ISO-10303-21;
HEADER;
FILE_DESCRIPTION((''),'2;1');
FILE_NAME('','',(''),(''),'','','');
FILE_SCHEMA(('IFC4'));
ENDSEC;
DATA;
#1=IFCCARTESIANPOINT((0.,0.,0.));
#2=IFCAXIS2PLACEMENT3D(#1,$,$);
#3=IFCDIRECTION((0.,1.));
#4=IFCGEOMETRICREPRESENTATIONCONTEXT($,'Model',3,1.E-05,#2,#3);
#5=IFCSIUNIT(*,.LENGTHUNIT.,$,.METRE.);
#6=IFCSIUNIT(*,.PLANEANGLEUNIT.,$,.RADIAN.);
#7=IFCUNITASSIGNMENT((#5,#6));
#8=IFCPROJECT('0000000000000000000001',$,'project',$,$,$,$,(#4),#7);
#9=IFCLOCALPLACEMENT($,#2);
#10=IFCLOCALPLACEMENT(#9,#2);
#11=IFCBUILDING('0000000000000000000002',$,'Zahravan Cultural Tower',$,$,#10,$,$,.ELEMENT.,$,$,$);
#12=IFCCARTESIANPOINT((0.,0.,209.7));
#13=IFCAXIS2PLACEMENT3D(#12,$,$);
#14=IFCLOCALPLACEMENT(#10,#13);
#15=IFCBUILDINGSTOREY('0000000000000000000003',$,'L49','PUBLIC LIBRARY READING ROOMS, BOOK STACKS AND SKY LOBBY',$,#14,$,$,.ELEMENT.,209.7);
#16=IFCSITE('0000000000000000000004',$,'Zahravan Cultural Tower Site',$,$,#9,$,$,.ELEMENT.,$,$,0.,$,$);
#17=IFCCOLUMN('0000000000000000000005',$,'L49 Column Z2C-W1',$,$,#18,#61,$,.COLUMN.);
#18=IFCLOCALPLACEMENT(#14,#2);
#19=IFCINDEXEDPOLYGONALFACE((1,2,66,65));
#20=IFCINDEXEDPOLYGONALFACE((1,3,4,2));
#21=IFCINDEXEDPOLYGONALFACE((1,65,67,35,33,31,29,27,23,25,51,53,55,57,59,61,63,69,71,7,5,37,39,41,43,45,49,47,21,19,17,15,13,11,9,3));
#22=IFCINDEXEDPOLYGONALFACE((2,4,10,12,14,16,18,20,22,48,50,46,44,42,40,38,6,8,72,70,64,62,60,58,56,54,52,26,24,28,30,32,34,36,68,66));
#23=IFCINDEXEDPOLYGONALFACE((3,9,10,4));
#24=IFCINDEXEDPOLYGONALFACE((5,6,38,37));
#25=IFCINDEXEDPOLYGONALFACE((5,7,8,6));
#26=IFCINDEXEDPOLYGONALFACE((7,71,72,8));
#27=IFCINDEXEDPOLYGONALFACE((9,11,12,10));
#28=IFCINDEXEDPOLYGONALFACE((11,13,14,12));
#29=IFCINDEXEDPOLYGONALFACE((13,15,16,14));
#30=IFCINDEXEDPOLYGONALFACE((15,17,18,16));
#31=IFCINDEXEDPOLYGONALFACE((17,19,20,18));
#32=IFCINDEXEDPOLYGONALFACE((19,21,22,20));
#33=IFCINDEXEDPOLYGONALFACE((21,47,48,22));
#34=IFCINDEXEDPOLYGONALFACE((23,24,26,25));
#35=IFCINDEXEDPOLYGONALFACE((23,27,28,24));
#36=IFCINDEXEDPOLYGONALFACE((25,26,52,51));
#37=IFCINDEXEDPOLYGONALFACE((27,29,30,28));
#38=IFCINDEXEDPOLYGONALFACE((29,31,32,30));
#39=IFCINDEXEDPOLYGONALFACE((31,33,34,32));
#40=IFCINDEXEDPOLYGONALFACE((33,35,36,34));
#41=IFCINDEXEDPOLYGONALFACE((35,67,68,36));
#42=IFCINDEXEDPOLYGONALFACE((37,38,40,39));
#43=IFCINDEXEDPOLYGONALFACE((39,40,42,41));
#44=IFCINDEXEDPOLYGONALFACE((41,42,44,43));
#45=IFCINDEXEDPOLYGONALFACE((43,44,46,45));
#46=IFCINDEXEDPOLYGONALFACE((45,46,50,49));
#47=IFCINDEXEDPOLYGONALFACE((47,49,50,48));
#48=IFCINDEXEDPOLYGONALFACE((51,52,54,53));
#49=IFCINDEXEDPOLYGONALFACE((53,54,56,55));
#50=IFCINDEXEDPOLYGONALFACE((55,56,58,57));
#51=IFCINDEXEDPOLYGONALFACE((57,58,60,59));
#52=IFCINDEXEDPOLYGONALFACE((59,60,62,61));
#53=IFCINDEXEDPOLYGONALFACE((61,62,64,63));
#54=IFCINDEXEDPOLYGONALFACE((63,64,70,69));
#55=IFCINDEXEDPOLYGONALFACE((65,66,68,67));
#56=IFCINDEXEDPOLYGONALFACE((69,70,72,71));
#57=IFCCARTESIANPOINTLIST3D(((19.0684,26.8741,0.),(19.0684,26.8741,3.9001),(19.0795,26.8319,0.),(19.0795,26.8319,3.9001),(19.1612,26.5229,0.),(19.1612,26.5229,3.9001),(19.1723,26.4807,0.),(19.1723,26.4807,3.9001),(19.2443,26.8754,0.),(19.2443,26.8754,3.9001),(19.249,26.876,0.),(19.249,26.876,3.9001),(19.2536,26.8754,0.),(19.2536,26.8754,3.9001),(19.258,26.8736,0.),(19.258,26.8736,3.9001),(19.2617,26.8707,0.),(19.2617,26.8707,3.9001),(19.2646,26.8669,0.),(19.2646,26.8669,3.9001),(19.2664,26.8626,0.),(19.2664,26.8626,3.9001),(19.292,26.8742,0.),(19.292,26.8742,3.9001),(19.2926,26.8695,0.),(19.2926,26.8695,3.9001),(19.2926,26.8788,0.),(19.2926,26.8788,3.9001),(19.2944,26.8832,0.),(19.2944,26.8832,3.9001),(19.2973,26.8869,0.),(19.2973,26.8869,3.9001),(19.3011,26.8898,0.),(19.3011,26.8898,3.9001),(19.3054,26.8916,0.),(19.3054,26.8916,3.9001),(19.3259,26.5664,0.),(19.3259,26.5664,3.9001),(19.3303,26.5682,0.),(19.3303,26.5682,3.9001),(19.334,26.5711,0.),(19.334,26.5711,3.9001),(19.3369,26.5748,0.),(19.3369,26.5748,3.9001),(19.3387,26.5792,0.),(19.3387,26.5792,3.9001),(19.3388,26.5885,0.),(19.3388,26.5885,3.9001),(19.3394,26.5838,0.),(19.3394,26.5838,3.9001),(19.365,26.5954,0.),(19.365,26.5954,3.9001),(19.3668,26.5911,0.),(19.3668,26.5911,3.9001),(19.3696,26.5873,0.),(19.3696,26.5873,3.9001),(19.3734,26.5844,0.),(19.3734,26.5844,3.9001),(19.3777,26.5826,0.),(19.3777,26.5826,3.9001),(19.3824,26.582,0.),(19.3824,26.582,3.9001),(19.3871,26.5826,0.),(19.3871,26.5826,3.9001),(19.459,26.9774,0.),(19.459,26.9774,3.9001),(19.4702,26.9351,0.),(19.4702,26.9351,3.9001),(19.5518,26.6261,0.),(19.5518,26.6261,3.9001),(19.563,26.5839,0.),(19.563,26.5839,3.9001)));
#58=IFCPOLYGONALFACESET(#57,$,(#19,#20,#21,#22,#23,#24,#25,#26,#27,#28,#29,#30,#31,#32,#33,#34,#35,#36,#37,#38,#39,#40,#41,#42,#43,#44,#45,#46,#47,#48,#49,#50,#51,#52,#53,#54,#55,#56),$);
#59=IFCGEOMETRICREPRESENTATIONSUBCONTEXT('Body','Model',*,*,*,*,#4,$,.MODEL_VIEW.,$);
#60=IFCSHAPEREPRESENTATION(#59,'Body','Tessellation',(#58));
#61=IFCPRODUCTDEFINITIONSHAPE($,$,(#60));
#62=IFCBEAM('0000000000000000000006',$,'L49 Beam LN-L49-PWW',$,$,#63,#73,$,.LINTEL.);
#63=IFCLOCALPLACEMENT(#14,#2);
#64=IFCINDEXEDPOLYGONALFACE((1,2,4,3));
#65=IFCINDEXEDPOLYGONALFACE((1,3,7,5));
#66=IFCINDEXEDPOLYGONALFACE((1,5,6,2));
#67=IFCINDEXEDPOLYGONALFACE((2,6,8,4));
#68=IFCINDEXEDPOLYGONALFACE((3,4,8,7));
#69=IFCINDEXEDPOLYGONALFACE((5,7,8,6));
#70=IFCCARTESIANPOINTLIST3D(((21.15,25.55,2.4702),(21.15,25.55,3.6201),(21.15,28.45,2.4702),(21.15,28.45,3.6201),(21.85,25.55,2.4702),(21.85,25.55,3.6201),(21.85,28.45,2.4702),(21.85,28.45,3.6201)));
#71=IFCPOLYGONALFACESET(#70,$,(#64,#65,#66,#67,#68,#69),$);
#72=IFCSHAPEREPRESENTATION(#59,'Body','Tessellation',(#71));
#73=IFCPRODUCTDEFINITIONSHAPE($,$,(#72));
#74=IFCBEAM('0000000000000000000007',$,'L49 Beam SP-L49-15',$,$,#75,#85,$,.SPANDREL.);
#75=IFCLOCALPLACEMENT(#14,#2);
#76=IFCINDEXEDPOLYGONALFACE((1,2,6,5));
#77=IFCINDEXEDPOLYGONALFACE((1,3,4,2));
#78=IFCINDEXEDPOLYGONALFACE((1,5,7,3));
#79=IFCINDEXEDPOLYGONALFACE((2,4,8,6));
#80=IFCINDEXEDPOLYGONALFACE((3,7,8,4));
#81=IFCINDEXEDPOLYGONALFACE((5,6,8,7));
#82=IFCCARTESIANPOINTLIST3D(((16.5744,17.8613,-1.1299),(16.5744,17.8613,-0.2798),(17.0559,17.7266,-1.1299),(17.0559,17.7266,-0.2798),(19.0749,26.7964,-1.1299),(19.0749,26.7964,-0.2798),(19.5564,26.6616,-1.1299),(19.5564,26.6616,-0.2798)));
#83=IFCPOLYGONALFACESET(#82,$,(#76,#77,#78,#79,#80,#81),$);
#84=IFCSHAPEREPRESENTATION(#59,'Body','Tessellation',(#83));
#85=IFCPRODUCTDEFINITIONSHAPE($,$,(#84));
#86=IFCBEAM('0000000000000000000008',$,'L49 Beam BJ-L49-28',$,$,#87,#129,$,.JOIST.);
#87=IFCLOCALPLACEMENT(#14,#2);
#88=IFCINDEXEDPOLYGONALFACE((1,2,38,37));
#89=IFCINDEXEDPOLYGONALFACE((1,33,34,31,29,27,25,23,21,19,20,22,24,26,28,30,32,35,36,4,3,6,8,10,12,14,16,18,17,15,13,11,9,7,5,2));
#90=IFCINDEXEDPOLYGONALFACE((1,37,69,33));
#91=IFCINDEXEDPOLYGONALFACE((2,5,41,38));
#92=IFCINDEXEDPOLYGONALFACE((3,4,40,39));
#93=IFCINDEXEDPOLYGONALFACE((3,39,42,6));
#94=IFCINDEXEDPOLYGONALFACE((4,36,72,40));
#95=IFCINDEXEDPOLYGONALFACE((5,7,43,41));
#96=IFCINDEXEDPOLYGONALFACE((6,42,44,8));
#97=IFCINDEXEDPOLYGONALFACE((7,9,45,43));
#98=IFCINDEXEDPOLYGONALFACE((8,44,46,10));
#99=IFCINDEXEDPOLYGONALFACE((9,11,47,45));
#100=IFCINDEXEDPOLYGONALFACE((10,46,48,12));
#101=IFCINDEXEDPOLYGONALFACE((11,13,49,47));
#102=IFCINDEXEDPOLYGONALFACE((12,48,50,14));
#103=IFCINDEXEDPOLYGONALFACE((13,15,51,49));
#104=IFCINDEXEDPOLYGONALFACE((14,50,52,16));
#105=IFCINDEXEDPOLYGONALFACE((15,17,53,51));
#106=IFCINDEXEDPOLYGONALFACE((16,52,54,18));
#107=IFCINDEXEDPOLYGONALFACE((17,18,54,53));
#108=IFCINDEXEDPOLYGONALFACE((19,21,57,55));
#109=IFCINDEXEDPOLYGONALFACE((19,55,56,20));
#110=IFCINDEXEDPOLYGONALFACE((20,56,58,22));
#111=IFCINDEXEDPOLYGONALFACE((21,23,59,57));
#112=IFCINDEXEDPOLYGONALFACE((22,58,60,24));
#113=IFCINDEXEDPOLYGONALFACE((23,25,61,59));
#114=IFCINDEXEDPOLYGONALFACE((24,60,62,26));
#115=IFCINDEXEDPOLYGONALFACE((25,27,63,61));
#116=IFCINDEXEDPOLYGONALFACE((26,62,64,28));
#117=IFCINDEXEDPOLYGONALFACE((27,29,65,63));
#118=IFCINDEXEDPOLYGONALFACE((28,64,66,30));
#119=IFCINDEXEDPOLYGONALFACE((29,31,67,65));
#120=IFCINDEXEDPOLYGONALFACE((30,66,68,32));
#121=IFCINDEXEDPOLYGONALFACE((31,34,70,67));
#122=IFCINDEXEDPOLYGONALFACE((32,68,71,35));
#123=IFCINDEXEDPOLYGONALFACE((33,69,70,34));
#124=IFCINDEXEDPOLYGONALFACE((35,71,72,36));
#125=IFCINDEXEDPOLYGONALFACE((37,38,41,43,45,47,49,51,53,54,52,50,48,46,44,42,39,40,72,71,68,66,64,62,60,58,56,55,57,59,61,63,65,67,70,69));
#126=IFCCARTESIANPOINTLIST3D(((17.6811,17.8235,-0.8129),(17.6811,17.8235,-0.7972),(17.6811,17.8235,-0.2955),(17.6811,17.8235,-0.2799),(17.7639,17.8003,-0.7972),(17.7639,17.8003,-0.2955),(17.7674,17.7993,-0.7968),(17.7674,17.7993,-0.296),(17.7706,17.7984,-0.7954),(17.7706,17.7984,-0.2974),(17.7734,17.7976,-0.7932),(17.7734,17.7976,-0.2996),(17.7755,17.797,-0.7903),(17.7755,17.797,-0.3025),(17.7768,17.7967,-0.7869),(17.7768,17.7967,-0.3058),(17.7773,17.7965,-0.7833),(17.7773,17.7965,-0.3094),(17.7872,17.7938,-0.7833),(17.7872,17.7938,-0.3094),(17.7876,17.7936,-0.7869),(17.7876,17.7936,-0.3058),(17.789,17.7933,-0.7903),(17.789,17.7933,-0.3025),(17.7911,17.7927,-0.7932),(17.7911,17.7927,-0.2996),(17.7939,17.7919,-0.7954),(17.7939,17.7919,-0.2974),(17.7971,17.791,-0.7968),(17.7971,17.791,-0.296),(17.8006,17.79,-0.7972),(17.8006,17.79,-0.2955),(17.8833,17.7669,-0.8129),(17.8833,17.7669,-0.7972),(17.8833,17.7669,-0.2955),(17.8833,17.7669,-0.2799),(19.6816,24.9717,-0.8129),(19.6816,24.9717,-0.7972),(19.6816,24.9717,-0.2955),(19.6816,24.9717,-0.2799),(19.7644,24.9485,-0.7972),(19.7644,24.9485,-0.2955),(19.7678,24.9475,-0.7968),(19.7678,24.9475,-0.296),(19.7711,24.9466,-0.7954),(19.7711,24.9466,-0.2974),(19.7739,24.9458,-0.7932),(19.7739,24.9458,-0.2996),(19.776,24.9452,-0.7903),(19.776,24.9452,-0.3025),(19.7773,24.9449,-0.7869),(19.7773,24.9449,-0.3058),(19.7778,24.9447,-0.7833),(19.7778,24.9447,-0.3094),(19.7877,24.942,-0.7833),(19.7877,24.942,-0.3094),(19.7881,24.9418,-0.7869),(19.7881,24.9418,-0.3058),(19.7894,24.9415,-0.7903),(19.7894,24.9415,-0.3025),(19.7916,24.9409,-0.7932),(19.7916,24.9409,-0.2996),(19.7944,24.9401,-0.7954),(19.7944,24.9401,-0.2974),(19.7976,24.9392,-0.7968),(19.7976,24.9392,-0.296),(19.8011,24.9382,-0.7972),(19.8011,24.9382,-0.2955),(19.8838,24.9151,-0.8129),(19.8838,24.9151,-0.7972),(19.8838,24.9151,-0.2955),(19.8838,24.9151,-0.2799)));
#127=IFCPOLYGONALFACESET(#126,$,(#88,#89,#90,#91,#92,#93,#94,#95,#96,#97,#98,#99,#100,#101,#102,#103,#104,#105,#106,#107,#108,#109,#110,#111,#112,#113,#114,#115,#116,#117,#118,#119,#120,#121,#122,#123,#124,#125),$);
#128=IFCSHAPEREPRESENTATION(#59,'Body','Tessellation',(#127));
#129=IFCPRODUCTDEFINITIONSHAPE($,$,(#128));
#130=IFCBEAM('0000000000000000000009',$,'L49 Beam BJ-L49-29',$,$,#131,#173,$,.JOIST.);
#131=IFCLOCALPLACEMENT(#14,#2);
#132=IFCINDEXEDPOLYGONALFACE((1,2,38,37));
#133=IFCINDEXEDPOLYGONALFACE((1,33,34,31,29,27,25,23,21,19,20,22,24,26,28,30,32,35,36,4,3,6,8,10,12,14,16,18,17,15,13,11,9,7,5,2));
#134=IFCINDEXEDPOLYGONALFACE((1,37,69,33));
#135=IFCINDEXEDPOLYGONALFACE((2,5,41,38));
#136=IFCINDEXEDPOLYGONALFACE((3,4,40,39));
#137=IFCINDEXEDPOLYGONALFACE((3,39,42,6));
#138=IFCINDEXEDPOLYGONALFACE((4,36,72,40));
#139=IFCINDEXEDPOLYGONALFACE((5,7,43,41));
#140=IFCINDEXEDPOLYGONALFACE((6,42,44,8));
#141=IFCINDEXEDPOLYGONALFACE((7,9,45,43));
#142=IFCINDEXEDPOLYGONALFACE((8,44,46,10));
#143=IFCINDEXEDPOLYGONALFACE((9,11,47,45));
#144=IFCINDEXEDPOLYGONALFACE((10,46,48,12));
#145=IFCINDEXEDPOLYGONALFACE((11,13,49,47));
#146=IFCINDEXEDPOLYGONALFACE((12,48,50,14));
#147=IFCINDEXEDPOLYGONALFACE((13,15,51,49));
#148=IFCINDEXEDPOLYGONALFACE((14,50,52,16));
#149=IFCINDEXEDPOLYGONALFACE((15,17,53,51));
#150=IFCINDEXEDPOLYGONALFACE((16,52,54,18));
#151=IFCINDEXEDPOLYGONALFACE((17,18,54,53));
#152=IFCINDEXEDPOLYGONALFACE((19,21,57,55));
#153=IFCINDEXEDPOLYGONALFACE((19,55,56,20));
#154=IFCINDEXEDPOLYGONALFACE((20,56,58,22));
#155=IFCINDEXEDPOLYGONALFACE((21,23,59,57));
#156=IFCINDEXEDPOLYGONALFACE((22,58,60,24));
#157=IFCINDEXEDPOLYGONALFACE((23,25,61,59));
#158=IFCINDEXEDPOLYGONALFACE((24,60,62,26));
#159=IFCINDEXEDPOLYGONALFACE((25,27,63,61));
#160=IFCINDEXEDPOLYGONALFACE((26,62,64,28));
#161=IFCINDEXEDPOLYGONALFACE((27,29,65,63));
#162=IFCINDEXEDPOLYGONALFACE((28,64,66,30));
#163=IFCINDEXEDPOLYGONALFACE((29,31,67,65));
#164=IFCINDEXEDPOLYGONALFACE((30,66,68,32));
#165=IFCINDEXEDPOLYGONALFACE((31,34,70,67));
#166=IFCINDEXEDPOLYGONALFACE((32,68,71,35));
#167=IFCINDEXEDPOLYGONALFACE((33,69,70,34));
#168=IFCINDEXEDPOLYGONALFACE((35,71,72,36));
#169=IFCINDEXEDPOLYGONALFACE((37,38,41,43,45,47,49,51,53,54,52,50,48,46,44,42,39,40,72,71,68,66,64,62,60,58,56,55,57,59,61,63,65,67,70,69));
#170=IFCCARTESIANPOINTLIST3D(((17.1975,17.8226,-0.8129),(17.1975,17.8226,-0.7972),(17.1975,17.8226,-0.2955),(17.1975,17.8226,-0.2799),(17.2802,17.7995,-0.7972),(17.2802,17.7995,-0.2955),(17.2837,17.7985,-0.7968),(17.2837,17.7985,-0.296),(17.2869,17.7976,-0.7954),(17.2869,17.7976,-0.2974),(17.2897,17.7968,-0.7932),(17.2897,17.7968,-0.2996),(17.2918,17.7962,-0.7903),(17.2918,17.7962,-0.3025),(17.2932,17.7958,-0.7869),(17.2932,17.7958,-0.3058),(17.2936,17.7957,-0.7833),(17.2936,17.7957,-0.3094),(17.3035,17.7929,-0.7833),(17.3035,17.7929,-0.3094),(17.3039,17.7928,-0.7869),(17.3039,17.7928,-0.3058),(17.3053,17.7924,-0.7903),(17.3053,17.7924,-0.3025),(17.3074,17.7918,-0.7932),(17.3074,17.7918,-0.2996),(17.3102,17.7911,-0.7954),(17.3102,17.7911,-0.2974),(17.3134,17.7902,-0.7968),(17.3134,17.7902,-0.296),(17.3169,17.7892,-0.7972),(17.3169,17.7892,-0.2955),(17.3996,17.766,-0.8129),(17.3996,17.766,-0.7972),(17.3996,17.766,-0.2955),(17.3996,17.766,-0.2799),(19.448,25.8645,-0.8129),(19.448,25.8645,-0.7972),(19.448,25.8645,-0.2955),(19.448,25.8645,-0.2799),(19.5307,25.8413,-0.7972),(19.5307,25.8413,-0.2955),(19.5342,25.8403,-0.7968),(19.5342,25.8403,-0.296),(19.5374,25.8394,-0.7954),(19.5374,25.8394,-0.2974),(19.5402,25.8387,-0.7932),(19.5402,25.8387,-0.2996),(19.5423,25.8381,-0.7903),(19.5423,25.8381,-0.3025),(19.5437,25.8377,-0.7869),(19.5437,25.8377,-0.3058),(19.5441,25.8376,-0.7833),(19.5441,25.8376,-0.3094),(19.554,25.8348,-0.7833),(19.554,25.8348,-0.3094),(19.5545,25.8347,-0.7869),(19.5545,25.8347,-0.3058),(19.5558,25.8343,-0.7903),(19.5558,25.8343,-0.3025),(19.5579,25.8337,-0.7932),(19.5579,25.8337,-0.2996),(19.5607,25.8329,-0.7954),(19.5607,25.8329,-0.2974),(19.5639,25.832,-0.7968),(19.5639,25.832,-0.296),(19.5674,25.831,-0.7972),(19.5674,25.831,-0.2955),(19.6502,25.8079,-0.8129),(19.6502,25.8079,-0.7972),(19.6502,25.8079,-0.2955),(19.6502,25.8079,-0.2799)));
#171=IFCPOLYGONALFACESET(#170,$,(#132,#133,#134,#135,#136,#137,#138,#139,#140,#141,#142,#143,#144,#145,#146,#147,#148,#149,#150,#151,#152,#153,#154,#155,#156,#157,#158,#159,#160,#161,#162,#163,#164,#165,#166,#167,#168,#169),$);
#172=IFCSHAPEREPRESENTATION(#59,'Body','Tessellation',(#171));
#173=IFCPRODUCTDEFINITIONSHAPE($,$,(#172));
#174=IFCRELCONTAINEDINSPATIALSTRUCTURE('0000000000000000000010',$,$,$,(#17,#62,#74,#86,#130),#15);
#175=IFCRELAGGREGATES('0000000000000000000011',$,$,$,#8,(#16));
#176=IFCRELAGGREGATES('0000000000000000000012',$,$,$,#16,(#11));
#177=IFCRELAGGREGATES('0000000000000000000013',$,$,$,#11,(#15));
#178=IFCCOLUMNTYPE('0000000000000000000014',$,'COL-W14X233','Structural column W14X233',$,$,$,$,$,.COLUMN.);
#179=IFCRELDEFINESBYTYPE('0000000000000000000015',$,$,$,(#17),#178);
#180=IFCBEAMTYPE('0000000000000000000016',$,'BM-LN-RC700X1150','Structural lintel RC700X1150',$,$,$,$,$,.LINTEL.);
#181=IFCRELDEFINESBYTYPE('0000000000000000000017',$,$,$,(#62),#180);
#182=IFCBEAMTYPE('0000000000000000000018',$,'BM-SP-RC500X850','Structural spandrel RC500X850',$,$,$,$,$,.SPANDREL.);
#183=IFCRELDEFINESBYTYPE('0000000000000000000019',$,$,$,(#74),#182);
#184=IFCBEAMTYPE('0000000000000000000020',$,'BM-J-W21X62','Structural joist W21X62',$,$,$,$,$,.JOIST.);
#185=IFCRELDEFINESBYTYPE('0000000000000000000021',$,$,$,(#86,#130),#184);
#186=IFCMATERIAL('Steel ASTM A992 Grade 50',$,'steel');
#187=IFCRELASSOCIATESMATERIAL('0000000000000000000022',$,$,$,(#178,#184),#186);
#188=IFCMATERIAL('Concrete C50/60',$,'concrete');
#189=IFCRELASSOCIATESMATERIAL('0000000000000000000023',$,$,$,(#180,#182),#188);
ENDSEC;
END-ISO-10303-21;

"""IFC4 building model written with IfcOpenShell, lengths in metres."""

from ifc_helpers import new_model, si_unit, direction, frame, origin, origin_2d, place, context, subcontext, project, spatial, rectangle, i_section, extrude, source, transform, mapped, material, material_profile, profile_set, type_object, element, save


model = new_model("IFC4")

# Units and contexts
model_context = context("Model", 3, precision=1e-05, world=origin(), true_north=direction((0.0, 1.0)))
body_context = subcontext(model_context, "Body", "Model", "MODEL_VIEW")
ifc_project = project(units=[si_unit("LENGTHUNIT", "METRE"), si_unit("PLANEANGLEUNIT", "RADIAN")], contexts=[model_context])

# Site, building, storey
site_placement = place(None, origin())
site = spatial("IfcSite", under=ifc_project, at=site_placement, Name="Zahravan Cultural Tower Site", CompositionType="ELEMENT", RefElevation=0.0)
building_placement = place(site_placement, origin())
building = spatial("IfcBuilding", under=site, at=building_placement, Name="Zahravan Cultural Tower", CompositionType="ELEMENT")
storey_placement = place(building_placement, frame((0.0, 0.0, 209.7)))
storey = spatial("IfcBuildingStorey", under=building, at=storey_placement, Name="L49", Description="PUBLIC LIBRARY READING ROOMS, BOOK STACKS AND SKY LOBBY", CompositionType="ELEMENT", Elevation=209.7)

# Column
ifc_material_1 = material(Name="Steel ASTM A992 Grade 50", Category="steel")
ifc_material_profile_1 = material_profile(ifc_material_1, i_section(OverallWidth=0.4041, OverallDepth=0.407, WebThickness=0.0271, FlangeThickness=0.0437, FilletRadius=0.0181, at=origin_2d()), Name="W14X233")
ifc_profile_set_1 = profile_set([ifc_material_profile_1], Name="Steel ASTM A992 Grade 50")
column_type = type_object("IfcColumnType", Name="COL-W14X233", Description="Structural column W14X233", PredefinedType="COLUMN", material=ifc_profile_set_1)
shared_shape_1 = source(origin(), body_context, "Body", "SweptSolid", [
    extrude(i_section(OverallWidth=0.4041, OverallDepth=0.407, WebThickness=0.0271, FlangeThickness=0.0437, FilletRadius=0.0181, at=origin_2d()), origin(), (0.0, 0.0, 1.0), 3.9001),
])
column_placement = place(storey_placement, frame((19.3157, 26.729, 0.0), z_axis=(0.0, 0.0, 1.0), x_axis=(0.966823, 0.255446, 0.0)))
element("IfcColumn", 1, at=column_placement, inside=storey, type_object=column_type, Name="L49 Column Z2C-W1", PredefinedType="COLUMN", context=body_context, shape_type="MappedRepresentation", body=[
    mapped(shared_shape_1, transform((0.0, 0.0, 0.0), x_axis=(1.0, 0.0, 0.0), y_axis=(0.0, 1.0, 0.0), z_axis=(0.0, 0.0, 1.0), scale=1.0)),
])

# Beams
ifc_material_2 = material(Name="Concrete C50/60", Category="concrete")
ifc_material_profile_2 = material_profile(ifc_material_2, rectangle(XDim=0.7, YDim=1.1499, at=origin_2d()), Name="RC700X1150")
ifc_profile_set_2 = profile_set([ifc_material_profile_2], Name="Concrete C50/60")
beam_type_1 = type_object("IfcBeamType", Name="BM-LN-RC700X1150", Description="Structural lintel RC700X1150", PredefinedType="LINTEL", material=ifc_profile_set_2)
shared_shape_2 = source(origin(), body_context, "Body", "SweptSolid", [
    extrude(rectangle(XDim=0.7, YDim=1.1499, at=origin_2d()), origin(), (0.0, 0.0, 1.0), 2.8999),
])
beam_1_placement = place(storey_placement, frame((21.5, 25.55, 3.0452), z_axis=(0.0, 1.0, 0.0), x_axis=(-1.0, 0.0, 0.0)))
element("IfcBeam", 2, at=beam_1_placement, inside=storey, type_object=beam_type_1, Name="L49 Beam LN-L49-PWW", PredefinedType="LINTEL", context=body_context, shape_type="MappedRepresentation", body=[
    mapped(shared_shape_2, transform((0.0, 0.0, 0.0), x_axis=(1.0, 0.0, 0.0), y_axis=(0.0, 1.0, 0.0), z_axis=(0.0, 0.0, 1.0), scale=1.0)),
])
ifc_material_profile_3 = material_profile(ifc_material_2, rectangle(XDim=0.5, YDim=0.8501, at=origin_2d()), Name="RC500X850")
ifc_profile_set_3 = profile_set([ifc_material_profile_3], Name="Concrete C50/60")
beam_type_2 = type_object("IfcBeamType", Name="BM-SP-RC500X850", Description="Structural spandrel RC500X850", PredefinedType="SPANDREL", material=ifc_profile_set_3)
shared_shape_3 = source(origin(), body_context, "Body", "SweptSolid", [
    extrude(rectangle(XDim=0.5, YDim=0.8501, at=origin_2d()), origin(), (0.0, 0.0, 1.0), 9.2783),
])
beam_2_placement = place(storey_placement, frame((19.3157, 26.729, -0.7048), z_axis=(-0.269497, -0.963001, 0.0), x_axis=(0.963001, -0.269497, 0.0)))
element("IfcBeam", 3, at=beam_2_placement, inside=storey, type_object=beam_type_2, Name="L49 Beam SP-L49-15", PredefinedType="SPANDREL", context=body_context, shape_type="MappedRepresentation", body=[
    mapped(shared_shape_3, transform((0.0, 0.0, 0.0), x_axis=(1.0, 0.0, 0.0), y_axis=(0.0, 1.0, 0.0), z_axis=(0.0, 0.0, 1.0), scale=1.0)),
])
ifc_material_profile_4 = material_profile(ifc_material_1, i_section(OverallWidth=0.21, OverallDepth=0.533, WebThickness=0.0103, FlangeThickness=0.0156, FilletRadius=0.0139, at=origin_2d()), Name="W21X62")
ifc_profile_set_4 = profile_set([ifc_material_profile_4], Name="Steel ASTM A992 Grade 50")
beam_type_3 = type_object("IfcBeamType", Name="BM-J-W21X62", Description="Structural joist W21X62", PredefinedType="JOIST", material=ifc_profile_set_4)
shared_shape_4 = source(origin(), body_context, "Body", "SweptSolid", [
    extrude(i_section(OverallWidth=0.21, OverallDepth=0.533, WebThickness=0.0103, FlangeThickness=0.0156, FilletRadius=0.0139, at=origin_2d()), origin(), (0.0, 0.0, 1.0), 7.4229),
])
beam_3_placement = place(storey_placement, frame((19.7827, 24.9434, -0.5464), z_axis=(-0.269504, -0.962999, 0.0), x_axis=(0.962999, -0.269504, 0.0)))
element("IfcBeam", 4, at=beam_3_placement, inside=storey, type_object=beam_type_3, Name="L49 Beam BJ-L49-28", PredefinedType="JOIST", context=body_context, shape_type="MappedRepresentation", body=[
    mapped(shared_shape_4, transform((0.0, 0.0, 0.0), x_axis=(1.0, 0.0, 0.0), y_axis=(0.0, 1.0, 0.0), z_axis=(0.0, 0.0, 1.0), scale=1.0)),
])
shared_shape_5 = source(origin(), body_context, "Body", "SweptSolid", [
    extrude(i_section(OverallWidth=0.21, OverallDepth=0.533, WebThickness=0.0103, FlangeThickness=0.0156, FilletRadius=0.0139, at=origin_2d()), origin(), (0.0, 0.0, 1.0), 8.3508),
])
beam_4_placement = place(storey_placement, frame((19.5491, 25.8362, -0.5464), z_axis=(-0.269497, -0.963001, 0.0), x_axis=(0.963001, -0.269497, 0.0)))
element("IfcBeam", 5, at=beam_4_placement, inside=storey, type_object=beam_type_3, Name="L49 Beam BJ-L49-29", PredefinedType="JOIST", context=body_context, shape_type="MappedRepresentation", body=[
    mapped(shared_shape_5, transform((0.0, 0.0, 0.0), x_axis=(1.0, 0.0, 0.0), y_axis=(0.0, 1.0, 0.0), z_axis=(0.0, 0.0, 1.0), scale=1.0)),
])

save(model, "model.ifc")
